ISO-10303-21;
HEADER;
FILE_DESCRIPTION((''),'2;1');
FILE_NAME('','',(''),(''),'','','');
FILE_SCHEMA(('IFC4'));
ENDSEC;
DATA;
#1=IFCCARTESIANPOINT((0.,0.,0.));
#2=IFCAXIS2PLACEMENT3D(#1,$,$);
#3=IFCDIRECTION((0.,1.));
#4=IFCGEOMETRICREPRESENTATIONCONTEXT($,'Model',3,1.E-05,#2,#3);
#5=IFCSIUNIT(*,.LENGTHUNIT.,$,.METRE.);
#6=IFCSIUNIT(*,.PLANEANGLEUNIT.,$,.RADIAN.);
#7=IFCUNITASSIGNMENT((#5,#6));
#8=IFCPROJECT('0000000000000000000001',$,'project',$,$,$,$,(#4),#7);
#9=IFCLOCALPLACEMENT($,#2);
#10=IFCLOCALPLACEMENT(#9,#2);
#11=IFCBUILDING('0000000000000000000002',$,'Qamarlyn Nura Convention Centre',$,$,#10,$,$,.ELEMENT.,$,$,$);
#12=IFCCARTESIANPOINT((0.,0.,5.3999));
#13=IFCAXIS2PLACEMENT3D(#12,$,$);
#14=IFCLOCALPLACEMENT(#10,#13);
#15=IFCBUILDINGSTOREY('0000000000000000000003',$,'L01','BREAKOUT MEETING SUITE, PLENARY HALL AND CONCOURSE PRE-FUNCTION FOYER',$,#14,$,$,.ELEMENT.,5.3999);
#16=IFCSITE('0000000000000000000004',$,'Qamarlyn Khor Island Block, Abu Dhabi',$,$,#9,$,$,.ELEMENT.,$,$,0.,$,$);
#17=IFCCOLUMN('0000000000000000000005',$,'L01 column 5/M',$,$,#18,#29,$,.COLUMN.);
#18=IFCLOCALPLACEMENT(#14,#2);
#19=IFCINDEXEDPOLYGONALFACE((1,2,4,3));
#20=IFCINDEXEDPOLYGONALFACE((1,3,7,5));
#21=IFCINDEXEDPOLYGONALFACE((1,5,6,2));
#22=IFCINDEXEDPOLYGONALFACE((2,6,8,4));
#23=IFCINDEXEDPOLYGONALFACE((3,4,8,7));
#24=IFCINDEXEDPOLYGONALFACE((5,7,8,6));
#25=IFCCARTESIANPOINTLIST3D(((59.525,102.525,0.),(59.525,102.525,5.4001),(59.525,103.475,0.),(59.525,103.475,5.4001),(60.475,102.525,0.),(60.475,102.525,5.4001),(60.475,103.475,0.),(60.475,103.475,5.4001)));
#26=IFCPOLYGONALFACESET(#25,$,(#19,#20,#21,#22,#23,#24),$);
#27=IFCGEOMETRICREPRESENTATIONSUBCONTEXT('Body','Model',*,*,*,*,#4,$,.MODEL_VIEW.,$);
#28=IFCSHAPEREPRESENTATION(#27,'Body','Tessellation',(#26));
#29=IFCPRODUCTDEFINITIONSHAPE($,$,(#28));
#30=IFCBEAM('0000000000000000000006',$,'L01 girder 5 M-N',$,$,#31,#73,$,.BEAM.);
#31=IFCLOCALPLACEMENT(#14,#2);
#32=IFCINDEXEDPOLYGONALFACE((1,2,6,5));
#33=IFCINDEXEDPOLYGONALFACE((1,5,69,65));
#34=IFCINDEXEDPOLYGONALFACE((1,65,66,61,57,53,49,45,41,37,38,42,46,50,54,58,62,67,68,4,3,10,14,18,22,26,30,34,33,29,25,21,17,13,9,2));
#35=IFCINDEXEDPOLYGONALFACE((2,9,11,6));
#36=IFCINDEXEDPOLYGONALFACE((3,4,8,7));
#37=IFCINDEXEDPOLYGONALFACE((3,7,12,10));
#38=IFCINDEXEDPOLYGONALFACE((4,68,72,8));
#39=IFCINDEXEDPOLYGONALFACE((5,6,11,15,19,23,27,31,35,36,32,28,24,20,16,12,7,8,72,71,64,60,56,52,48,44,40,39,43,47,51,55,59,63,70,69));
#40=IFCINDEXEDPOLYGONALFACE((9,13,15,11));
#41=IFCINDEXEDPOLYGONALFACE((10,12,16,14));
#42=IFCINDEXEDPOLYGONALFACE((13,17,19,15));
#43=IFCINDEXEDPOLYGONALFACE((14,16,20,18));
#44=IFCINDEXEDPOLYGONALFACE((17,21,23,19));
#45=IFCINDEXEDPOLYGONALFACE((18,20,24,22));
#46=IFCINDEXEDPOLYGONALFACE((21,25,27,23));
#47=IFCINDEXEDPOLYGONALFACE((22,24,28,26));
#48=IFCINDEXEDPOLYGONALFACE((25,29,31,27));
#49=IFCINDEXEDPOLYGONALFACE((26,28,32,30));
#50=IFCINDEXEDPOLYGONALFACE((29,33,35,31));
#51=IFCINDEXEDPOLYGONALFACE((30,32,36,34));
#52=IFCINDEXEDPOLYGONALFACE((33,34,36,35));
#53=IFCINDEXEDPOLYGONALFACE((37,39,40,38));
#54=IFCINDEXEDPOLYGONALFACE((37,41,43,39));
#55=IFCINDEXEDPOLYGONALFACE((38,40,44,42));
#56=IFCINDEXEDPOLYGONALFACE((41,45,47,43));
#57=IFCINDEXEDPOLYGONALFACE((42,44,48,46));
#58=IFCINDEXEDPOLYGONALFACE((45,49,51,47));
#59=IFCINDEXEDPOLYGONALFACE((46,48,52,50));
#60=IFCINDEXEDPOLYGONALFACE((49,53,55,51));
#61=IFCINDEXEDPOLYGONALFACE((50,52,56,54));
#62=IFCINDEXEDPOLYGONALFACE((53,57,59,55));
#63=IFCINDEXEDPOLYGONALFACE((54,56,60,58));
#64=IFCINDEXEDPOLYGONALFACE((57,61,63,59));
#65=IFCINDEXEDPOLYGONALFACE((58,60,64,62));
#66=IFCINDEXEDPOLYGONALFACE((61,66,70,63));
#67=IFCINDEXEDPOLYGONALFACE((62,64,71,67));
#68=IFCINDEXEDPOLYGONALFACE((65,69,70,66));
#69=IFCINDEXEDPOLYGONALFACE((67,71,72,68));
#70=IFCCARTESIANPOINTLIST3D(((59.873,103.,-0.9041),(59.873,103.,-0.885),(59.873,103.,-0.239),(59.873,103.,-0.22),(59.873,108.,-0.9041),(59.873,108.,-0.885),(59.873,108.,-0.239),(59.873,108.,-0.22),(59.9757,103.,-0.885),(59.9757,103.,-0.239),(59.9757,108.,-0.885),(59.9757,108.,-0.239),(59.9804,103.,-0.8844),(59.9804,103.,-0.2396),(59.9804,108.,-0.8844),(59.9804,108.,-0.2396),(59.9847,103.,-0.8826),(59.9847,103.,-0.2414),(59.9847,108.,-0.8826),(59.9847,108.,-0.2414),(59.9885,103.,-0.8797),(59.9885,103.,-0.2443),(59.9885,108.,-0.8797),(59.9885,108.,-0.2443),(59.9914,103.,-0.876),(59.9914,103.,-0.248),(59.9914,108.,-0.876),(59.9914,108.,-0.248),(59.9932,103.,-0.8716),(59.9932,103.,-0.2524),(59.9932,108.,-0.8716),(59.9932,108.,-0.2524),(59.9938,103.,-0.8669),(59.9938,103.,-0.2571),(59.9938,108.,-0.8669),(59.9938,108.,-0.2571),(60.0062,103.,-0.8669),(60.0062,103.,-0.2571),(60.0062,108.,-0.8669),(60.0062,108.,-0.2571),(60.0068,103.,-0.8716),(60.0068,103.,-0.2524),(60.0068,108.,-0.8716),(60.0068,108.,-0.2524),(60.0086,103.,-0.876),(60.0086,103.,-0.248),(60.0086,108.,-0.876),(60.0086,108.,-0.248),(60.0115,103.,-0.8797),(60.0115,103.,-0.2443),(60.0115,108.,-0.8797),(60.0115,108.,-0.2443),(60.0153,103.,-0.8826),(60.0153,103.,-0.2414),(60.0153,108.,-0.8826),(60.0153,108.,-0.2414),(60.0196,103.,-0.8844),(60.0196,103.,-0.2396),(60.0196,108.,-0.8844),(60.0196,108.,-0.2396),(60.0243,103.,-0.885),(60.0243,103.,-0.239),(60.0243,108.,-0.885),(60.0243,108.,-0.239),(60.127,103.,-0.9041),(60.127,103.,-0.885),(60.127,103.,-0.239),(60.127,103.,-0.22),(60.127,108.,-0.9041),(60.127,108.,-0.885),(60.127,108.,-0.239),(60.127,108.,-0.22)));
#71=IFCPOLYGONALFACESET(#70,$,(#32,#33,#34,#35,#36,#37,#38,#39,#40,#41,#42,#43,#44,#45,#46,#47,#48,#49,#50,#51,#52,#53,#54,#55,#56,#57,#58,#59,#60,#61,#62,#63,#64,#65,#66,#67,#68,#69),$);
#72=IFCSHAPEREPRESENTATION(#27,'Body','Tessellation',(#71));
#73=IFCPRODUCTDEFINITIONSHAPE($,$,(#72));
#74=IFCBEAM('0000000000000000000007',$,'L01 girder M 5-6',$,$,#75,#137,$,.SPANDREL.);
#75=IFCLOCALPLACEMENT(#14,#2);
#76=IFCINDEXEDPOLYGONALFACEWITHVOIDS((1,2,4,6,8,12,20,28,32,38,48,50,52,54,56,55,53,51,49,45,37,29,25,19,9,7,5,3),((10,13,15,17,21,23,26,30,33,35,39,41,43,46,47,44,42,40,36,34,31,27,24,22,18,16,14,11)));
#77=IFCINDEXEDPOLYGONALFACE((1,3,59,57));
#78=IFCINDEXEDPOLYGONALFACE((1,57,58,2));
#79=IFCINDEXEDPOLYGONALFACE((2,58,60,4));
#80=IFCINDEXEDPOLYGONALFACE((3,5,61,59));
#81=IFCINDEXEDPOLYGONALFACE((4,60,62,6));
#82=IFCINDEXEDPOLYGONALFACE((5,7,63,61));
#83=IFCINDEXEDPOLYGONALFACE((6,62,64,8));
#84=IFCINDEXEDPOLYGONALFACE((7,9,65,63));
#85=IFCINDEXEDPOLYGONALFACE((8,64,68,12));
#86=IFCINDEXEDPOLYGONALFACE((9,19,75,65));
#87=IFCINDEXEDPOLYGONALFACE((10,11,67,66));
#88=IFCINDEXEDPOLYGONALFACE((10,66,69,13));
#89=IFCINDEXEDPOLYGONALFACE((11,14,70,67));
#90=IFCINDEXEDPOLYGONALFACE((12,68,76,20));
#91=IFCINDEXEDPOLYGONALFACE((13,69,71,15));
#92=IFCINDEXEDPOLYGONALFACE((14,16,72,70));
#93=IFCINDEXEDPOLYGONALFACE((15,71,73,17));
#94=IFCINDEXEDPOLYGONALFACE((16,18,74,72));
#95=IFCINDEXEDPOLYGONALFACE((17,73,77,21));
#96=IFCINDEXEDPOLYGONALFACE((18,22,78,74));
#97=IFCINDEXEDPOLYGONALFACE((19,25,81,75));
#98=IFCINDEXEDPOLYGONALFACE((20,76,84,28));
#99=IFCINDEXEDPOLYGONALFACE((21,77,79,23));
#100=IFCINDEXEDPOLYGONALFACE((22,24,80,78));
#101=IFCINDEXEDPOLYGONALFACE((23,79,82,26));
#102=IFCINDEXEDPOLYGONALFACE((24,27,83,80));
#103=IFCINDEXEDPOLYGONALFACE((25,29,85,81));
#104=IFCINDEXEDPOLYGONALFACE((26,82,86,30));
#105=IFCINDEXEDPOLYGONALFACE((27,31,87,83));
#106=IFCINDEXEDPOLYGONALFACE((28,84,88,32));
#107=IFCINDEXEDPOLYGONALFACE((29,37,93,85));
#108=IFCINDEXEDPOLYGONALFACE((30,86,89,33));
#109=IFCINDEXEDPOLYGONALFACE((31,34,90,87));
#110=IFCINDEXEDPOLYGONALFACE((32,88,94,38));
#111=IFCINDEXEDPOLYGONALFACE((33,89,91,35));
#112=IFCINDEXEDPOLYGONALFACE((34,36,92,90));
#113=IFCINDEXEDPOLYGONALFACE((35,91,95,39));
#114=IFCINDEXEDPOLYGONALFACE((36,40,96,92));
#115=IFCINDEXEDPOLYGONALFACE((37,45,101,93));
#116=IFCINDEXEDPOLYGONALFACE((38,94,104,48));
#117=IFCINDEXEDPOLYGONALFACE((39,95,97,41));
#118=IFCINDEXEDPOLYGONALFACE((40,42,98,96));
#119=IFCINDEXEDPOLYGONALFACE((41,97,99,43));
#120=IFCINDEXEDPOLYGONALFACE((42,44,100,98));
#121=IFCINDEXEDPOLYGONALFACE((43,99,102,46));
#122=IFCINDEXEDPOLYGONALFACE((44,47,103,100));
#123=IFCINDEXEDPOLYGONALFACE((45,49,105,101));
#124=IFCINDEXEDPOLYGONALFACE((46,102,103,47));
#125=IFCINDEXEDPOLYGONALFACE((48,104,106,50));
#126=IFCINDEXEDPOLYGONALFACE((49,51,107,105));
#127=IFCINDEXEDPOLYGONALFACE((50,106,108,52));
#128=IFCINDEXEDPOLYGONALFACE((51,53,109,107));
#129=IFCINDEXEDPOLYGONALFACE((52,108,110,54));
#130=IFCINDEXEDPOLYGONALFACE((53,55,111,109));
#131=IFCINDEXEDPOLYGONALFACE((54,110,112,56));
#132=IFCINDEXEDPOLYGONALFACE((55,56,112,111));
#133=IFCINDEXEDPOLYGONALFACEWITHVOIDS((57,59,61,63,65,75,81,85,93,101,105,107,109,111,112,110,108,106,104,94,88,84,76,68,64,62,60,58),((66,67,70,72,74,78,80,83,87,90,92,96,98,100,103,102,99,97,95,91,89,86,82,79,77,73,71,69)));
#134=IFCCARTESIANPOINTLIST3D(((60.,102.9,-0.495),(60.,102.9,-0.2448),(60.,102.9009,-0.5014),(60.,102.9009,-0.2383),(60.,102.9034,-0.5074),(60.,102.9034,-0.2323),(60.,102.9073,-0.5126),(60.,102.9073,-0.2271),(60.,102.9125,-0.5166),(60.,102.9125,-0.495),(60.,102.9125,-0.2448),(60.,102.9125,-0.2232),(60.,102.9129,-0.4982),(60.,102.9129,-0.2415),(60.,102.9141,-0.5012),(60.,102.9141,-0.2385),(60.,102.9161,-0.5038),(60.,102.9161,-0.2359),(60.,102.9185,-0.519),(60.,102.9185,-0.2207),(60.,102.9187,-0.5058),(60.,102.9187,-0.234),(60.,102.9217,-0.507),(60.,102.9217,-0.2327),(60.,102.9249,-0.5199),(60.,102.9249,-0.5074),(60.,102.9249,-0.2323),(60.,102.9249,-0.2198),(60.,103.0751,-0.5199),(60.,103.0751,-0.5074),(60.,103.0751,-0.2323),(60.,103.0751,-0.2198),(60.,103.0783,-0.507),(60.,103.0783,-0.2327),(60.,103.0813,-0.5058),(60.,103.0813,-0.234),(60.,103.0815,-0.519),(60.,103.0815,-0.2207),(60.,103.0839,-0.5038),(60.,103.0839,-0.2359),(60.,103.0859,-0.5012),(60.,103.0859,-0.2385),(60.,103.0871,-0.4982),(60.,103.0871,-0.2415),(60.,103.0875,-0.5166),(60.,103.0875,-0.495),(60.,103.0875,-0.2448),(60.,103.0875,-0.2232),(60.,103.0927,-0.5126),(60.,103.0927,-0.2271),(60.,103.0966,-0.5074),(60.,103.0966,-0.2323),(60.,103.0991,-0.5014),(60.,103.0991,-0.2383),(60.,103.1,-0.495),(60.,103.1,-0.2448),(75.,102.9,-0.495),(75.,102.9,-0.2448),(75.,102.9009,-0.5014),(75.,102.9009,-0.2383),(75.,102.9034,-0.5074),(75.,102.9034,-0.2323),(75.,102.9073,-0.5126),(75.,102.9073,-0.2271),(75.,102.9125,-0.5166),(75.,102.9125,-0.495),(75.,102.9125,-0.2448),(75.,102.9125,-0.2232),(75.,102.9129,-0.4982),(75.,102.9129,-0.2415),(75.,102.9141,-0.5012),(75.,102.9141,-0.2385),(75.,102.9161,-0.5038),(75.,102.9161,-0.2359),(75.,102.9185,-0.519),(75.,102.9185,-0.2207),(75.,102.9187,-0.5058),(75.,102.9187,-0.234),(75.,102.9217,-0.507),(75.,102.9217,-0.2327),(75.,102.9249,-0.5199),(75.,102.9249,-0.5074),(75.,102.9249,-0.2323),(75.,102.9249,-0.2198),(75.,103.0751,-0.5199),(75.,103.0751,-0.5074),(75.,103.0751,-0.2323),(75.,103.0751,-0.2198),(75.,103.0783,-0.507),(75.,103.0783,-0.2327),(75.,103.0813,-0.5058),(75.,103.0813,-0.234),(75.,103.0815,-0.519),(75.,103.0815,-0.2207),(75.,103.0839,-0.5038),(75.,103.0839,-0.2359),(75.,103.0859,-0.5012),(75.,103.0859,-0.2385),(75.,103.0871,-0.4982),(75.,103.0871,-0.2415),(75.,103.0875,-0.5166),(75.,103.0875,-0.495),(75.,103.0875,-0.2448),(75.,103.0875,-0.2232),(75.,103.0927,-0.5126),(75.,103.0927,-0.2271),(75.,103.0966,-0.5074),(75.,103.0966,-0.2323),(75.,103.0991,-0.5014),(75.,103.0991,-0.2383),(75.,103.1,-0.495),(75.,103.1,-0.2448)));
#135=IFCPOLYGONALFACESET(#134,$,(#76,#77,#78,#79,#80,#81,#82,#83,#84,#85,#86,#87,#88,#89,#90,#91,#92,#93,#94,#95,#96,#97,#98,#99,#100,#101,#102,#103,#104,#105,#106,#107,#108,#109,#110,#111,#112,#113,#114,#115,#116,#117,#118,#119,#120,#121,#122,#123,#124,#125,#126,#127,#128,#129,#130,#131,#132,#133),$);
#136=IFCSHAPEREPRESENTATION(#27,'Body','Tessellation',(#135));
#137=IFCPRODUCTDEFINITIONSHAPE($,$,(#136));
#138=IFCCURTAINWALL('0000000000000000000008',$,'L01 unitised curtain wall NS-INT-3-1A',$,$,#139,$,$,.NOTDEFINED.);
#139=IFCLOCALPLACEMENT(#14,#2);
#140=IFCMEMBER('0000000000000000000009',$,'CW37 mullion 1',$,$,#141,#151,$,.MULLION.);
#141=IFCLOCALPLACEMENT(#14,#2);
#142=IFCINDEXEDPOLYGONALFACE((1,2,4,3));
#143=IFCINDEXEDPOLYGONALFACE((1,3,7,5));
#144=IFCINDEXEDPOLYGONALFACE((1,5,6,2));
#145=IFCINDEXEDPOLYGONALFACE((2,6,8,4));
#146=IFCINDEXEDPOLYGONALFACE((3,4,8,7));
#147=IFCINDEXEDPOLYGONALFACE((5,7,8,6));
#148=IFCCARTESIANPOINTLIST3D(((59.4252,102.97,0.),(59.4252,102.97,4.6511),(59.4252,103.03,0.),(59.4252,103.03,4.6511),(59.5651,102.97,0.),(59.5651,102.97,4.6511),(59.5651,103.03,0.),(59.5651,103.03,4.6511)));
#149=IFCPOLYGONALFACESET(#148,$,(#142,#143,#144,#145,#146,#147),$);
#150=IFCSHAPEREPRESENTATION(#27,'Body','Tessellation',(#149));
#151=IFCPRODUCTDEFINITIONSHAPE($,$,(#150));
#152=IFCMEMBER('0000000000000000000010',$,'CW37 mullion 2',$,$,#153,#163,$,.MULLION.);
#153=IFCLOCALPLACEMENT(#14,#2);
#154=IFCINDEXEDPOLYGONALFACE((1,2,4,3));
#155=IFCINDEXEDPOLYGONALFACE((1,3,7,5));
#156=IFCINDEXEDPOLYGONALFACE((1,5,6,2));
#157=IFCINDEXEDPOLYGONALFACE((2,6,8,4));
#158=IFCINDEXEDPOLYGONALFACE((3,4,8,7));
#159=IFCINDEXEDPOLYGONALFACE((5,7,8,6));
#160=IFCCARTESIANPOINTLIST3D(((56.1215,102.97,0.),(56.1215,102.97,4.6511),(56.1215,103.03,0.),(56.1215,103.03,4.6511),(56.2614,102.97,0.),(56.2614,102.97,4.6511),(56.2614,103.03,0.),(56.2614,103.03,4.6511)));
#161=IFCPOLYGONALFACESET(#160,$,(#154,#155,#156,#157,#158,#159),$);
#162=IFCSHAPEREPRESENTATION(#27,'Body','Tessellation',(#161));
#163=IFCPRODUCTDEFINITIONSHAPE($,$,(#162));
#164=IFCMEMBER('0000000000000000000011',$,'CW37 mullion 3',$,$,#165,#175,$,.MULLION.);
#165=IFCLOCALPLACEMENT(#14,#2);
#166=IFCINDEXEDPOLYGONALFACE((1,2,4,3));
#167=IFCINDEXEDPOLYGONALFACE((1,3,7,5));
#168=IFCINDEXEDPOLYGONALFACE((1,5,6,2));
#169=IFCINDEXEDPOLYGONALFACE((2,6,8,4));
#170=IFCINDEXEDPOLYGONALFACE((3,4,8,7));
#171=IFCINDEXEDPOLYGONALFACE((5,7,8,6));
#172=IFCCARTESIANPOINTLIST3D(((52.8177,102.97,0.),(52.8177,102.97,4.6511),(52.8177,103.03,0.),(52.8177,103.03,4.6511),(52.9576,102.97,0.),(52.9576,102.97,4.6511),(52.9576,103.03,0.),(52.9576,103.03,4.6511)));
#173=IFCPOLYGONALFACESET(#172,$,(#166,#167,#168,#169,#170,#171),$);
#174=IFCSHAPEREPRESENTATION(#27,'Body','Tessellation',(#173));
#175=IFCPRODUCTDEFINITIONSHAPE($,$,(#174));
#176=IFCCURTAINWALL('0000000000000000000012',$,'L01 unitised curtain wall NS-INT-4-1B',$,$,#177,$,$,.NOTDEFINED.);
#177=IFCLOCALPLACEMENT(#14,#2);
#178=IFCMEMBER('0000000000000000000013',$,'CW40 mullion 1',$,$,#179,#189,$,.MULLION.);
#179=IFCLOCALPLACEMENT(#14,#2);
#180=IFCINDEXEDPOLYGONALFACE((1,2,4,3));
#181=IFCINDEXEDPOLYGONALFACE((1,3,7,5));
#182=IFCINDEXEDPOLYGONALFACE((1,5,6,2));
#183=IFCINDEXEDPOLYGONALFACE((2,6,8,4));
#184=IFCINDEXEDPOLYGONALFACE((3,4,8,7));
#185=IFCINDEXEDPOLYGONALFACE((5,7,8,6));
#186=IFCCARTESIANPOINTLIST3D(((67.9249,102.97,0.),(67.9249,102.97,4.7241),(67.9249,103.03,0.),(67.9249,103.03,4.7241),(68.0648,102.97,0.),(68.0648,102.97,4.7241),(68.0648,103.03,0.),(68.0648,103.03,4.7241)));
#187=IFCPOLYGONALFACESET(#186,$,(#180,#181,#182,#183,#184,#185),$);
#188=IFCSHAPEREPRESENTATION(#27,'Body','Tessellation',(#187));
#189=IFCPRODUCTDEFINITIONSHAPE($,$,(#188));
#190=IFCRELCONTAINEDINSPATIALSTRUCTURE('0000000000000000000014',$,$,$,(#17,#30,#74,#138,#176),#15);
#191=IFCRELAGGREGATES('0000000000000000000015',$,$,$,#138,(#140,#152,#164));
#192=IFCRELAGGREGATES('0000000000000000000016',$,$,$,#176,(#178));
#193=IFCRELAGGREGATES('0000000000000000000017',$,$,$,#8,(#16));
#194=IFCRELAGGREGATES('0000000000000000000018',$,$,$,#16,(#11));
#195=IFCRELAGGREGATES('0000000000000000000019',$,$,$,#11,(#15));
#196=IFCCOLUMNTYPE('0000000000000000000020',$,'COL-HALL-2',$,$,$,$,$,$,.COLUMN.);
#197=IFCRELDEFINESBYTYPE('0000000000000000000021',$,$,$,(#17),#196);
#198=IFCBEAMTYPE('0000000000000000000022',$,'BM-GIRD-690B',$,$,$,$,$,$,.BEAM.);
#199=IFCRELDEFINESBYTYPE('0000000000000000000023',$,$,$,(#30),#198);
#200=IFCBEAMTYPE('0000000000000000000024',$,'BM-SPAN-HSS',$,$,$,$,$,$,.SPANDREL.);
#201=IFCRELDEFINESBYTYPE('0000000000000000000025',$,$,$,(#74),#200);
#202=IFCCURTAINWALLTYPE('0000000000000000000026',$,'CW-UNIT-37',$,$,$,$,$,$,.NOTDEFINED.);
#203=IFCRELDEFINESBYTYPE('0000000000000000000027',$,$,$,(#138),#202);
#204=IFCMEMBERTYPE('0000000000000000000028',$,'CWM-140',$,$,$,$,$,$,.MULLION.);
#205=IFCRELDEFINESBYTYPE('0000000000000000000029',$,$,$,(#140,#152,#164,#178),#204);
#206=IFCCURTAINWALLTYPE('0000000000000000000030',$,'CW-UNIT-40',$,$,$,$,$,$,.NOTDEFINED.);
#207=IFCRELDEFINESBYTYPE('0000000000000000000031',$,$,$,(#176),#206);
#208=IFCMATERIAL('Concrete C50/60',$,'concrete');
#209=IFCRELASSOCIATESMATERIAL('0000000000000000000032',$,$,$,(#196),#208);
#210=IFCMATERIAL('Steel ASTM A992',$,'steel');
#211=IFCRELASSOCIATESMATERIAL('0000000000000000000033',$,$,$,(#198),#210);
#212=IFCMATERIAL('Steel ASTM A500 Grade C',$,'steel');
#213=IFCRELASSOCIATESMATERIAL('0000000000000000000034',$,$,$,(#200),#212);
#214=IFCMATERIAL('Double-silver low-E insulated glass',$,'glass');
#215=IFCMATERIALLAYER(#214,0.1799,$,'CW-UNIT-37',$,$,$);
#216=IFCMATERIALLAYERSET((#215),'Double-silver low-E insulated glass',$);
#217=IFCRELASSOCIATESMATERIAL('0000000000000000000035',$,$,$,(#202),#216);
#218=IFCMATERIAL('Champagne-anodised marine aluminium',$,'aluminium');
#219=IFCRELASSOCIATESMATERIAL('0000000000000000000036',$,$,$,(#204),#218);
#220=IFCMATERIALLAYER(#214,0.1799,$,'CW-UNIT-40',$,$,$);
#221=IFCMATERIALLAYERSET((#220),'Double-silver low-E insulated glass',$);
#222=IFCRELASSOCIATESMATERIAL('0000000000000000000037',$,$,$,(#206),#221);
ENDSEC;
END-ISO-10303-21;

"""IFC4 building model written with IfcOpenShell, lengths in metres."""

from ifc_helpers import new_model, si_unit, direction, frame, origin, origin_2d, place, context, subcontext, project, spatial, rectangle, hollow_rectangle, i_section, extrude, material, layer, layer_set, material_profile, profile_set, type_object, element, aggregate, save


model = new_model("IFC4")

# Units and contexts
model_context = context("Model", 3, precision=1e-05, world=origin(), true_north=direction((0.0, 1.0)))
body_context = subcontext(model_context, "Body", "Model", "MODEL_VIEW")
ifc_project = project(units=[si_unit("LENGTHUNIT", "METRE"), si_unit("PLANEANGLEUNIT", "RADIAN")], contexts=[model_context])

# Site, building, storey
site_placement = place(None, origin())
site = spatial("IfcSite", under=ifc_project, at=site_placement, Name="Qamarlyn Khor Island Block, Abu Dhabi", CompositionType="ELEMENT", RefElevation=0.0)
building_placement = place(site_placement, origin())
building = spatial("IfcBuilding", under=site, at=building_placement, Name="Qamarlyn Nura Convention Centre", CompositionType="ELEMENT")
storey_placement = place(building_placement, frame((0.0, 0.0, 5.3999)))
storey = spatial("IfcBuildingStorey", under=building, at=storey_placement, Name="L01", Description="BREAKOUT MEETING SUITE, PLENARY HALL AND CONCOURSE PRE-FUNCTION FOYER", CompositionType="ELEMENT", Elevation=5.3999)

# Column
ifc_material_1 = material(Name="Concrete C50/60", Category="concrete")
ifc_material_profile_1 = material_profile(ifc_material_1, rectangle(XDim=0.95, YDim=0.95, at=origin_2d()), Name="RC 950x950")
ifc_profile_set_1 = profile_set([ifc_material_profile_1], Name="Concrete C50/60")
column_type = type_object("IfcColumnType", Name="COL-HALL-2", PredefinedType="COLUMN", material=ifc_profile_set_1)
column_placement = place(storey_placement, frame((60.0, 103.0, 0.0), z_axis=(0.0, 0.0, 1.0), x_axis=(1.0, 0.0, 0.0)))
element("IfcColumn", 1, at=column_placement, inside=storey, type_object=column_type, Name="L01 column 5/M", PredefinedType="COLUMN", context=body_context, shape_type="SweptSolid", body=[
    extrude(rectangle(XDim=0.95, YDim=0.95, at=origin_2d()), origin(), (0.0, 0.0, 1.0), 5.4001),
])

# Beams
ifc_material_2 = material(Name="Steel ASTM A992", Category="steel")
ifc_material_profile_2 = material_profile(ifc_material_2, i_section(OverallWidth=0.2539, OverallDepth=0.6841, WebThickness=0.0125, FlangeThickness=0.019, FilletRadius=0.0181, at=origin_2d()), Name="W690X140")
ifc_profile_set_2 = profile_set([ifc_material_profile_2], Name="Steel ASTM A992")
beam_type_1 = type_object("IfcBeamType", Name="BM-GIRD-690B", PredefinedType="BEAM", material=ifc_profile_set_2)
beam_1_placement = place(storey_placement, frame((60.0, 103.0, -0.562), z_axis=(0.0, 1.0, 0.0), x_axis=(-1.0, 0.0, 0.0)))
element("IfcBeam", 2, at=beam_1_placement, inside=storey, type_object=beam_type_1, Name="L01 girder 5 M-N", PredefinedType="BEAM", context=body_context, shape_type="SweptSolid", body=[
    extrude(i_section(OverallWidth=0.2539, OverallDepth=0.6841, WebThickness=0.0125, FlangeThickness=0.019, FilletRadius=0.0181, at=origin_2d()), origin(), (0.0, 0.0, 1.0), 5.0),
])
ifc_material_3 = material(Name="Steel ASTM A500 Grade C", Category="steel")
ifc_material_profile_3 = material_profile(ifc_material_3, hollow_rectangle(XDim=0.2, YDim=0.3, WallThickness=0.0125, InnerFilletRadius=0.0125, OuterFilletRadius=0.0249, at=origin_2d()), Name="HSS300X200X12.5")
ifc_profile_set_3 = profile_set([ifc_material_profile_3], Name="Steel ASTM A500 Grade C")
beam_type_2 = type_object("IfcBeamType", Name="BM-SPAN-HSS", PredefinedType="SPANDREL", material=ifc_profile_set_3)
beam_2_placement = place(storey_placement, frame((60.0, 103.0, -0.3699), z_axis=(1.0, 0.0, 0.0), x_axis=(0.0, 1.0, 0.0)))
element("IfcBeam", 3, at=beam_2_placement, inside=storey, type_object=beam_type_2, Name="L01 girder M 5-6", PredefinedType="SPANDREL", context=body_context, shape_type="SweptSolid", body=[
    extrude(hollow_rectangle(XDim=0.2, YDim=0.3, WallThickness=0.0125, InnerFilletRadius=0.0125, OuterFilletRadius=0.0249, at=origin_2d()), origin(), (0.0, 0.0, 1.0), 15.0),
])

# Curtain walls, members
ifc_material_4 = material(Name="Double-silver low-E insulated glass", Category="glass")
ifc_layer_1 = layer(ifc_material_4, 0.1799, Name="CW-UNIT-37")
ifc_layer_set_1 = layer_set([ifc_layer_1], Name="Double-silver low-E insulated glass")
curtain_wall_type_1 = type_object("IfcCurtainWallType", Name="CW-UNIT-37", PredefinedType="NOTDEFINED", material=ifc_layer_set_1)
curtain_wall_1_placement = place(storey_placement, origin())
curtain_wall_1 = element("IfcCurtainWall", 4, at=curtain_wall_1_placement, inside=storey, type_object=curtain_wall_type_1, Name="L01 unitised curtain wall NS-INT-3-1A", PredefinedType="NOTDEFINED")
ifc_material_5 = material(Name="Champagne-anodised marine aluminium", Category="aluminium")
ifc_material_profile_4 = material_profile(ifc_material_5, rectangle(XDim=0.0601, YDim=0.1399, at=origin_2d()), Name="ALU MULLION 60x140")
ifc_profile_set_4 = profile_set([ifc_material_profile_4], Name="Champagne-anodised marine aluminium")
member_type_1 = type_object("IfcMemberType", Name="CWM-140", PredefinedType="MULLION", material=ifc_profile_set_4)
member_1_placement = place(storey_placement, frame((59.4951, 103.0, 0.0), z_axis=(0.0, 0.0, 1.0), x_axis=(0.0, -1.0, 0.0)))
member_1 = element("IfcMember", 5, at=member_1_placement, type_object=member_type_1, Name="CW37 mullion 1", PredefinedType="MULLION", context=body_context, shape_type="SweptSolid", body=[
    extrude(rectangle(XDim=0.0601, YDim=0.1399, at=origin_2d()), origin(), (0.0, 0.0, 1.0), 4.6511),
])
member_2_placement = place(storey_placement, frame((56.1914, 103.0, 0.0), z_axis=(0.0, 0.0, 1.0), x_axis=(0.0, -1.0, 0.0)))
member_2 = element("IfcMember", 6, at=member_2_placement, type_object=member_type_1, Name="CW37 mullion 2", PredefinedType="MULLION", context=body_context, shape_type="SweptSolid", body=[
    extrude(rectangle(XDim=0.0601, YDim=0.1399, at=origin_2d()), origin(), (0.0, 0.0, 1.0), 4.6511),
])
member_3_placement = place(storey_placement, frame((52.8877, 103.0, 0.0), z_axis=(0.0, 0.0, 1.0), x_axis=(0.0, -1.0, 0.0)))
member_3 = element("IfcMember", 7, at=member_3_placement, type_object=member_type_1, Name="CW37 mullion 3", PredefinedType="MULLION", context=body_context, shape_type="SweptSolid", body=[
    extrude(rectangle(XDim=0.0601, YDim=0.1399, at=origin_2d()), origin(), (0.0, 0.0, 1.0), 4.6511),
])
ifc_layer_2 = layer(ifc_material_4, 0.1799, Name="CW-UNIT-40")
ifc_layer_set_2 = layer_set([ifc_layer_2], Name="Double-silver low-E insulated glass")
curtain_wall_type_2 = type_object("IfcCurtainWallType", Name="CW-UNIT-40", PredefinedType="NOTDEFINED", material=ifc_layer_set_2)
curtain_wall_2_placement = place(storey_placement, origin())
curtain_wall_2 = element("IfcCurtainWall", 8, at=curtain_wall_2_placement, inside=storey, type_object=curtain_wall_type_2, Name="L01 unitised curtain wall NS-INT-4-1B", PredefinedType="NOTDEFINED")
member_4_placement = place(storey_placement, frame((67.9949, 103.0, 0.0), z_axis=(0.0, 0.0, 1.0), x_axis=(0.0, -1.0, 0.0)))
member_4 = element("IfcMember", 9, at=member_4_placement, type_object=member_type_1, Name="CW40 mullion 1", PredefinedType="MULLION", context=body_context, shape_type="SweptSolid", body=[
    extrude(rectangle(XDim=0.0601, YDim=0.1399, at=origin_2d()), origin(), (0.0, 0.0, 1.0), 4.7241),
])

aggregate(curtain_wall_1, [member_1, member_2, member_3])
aggregate(curtain_wall_2, [member_4])

save(model, "model.ifc")
